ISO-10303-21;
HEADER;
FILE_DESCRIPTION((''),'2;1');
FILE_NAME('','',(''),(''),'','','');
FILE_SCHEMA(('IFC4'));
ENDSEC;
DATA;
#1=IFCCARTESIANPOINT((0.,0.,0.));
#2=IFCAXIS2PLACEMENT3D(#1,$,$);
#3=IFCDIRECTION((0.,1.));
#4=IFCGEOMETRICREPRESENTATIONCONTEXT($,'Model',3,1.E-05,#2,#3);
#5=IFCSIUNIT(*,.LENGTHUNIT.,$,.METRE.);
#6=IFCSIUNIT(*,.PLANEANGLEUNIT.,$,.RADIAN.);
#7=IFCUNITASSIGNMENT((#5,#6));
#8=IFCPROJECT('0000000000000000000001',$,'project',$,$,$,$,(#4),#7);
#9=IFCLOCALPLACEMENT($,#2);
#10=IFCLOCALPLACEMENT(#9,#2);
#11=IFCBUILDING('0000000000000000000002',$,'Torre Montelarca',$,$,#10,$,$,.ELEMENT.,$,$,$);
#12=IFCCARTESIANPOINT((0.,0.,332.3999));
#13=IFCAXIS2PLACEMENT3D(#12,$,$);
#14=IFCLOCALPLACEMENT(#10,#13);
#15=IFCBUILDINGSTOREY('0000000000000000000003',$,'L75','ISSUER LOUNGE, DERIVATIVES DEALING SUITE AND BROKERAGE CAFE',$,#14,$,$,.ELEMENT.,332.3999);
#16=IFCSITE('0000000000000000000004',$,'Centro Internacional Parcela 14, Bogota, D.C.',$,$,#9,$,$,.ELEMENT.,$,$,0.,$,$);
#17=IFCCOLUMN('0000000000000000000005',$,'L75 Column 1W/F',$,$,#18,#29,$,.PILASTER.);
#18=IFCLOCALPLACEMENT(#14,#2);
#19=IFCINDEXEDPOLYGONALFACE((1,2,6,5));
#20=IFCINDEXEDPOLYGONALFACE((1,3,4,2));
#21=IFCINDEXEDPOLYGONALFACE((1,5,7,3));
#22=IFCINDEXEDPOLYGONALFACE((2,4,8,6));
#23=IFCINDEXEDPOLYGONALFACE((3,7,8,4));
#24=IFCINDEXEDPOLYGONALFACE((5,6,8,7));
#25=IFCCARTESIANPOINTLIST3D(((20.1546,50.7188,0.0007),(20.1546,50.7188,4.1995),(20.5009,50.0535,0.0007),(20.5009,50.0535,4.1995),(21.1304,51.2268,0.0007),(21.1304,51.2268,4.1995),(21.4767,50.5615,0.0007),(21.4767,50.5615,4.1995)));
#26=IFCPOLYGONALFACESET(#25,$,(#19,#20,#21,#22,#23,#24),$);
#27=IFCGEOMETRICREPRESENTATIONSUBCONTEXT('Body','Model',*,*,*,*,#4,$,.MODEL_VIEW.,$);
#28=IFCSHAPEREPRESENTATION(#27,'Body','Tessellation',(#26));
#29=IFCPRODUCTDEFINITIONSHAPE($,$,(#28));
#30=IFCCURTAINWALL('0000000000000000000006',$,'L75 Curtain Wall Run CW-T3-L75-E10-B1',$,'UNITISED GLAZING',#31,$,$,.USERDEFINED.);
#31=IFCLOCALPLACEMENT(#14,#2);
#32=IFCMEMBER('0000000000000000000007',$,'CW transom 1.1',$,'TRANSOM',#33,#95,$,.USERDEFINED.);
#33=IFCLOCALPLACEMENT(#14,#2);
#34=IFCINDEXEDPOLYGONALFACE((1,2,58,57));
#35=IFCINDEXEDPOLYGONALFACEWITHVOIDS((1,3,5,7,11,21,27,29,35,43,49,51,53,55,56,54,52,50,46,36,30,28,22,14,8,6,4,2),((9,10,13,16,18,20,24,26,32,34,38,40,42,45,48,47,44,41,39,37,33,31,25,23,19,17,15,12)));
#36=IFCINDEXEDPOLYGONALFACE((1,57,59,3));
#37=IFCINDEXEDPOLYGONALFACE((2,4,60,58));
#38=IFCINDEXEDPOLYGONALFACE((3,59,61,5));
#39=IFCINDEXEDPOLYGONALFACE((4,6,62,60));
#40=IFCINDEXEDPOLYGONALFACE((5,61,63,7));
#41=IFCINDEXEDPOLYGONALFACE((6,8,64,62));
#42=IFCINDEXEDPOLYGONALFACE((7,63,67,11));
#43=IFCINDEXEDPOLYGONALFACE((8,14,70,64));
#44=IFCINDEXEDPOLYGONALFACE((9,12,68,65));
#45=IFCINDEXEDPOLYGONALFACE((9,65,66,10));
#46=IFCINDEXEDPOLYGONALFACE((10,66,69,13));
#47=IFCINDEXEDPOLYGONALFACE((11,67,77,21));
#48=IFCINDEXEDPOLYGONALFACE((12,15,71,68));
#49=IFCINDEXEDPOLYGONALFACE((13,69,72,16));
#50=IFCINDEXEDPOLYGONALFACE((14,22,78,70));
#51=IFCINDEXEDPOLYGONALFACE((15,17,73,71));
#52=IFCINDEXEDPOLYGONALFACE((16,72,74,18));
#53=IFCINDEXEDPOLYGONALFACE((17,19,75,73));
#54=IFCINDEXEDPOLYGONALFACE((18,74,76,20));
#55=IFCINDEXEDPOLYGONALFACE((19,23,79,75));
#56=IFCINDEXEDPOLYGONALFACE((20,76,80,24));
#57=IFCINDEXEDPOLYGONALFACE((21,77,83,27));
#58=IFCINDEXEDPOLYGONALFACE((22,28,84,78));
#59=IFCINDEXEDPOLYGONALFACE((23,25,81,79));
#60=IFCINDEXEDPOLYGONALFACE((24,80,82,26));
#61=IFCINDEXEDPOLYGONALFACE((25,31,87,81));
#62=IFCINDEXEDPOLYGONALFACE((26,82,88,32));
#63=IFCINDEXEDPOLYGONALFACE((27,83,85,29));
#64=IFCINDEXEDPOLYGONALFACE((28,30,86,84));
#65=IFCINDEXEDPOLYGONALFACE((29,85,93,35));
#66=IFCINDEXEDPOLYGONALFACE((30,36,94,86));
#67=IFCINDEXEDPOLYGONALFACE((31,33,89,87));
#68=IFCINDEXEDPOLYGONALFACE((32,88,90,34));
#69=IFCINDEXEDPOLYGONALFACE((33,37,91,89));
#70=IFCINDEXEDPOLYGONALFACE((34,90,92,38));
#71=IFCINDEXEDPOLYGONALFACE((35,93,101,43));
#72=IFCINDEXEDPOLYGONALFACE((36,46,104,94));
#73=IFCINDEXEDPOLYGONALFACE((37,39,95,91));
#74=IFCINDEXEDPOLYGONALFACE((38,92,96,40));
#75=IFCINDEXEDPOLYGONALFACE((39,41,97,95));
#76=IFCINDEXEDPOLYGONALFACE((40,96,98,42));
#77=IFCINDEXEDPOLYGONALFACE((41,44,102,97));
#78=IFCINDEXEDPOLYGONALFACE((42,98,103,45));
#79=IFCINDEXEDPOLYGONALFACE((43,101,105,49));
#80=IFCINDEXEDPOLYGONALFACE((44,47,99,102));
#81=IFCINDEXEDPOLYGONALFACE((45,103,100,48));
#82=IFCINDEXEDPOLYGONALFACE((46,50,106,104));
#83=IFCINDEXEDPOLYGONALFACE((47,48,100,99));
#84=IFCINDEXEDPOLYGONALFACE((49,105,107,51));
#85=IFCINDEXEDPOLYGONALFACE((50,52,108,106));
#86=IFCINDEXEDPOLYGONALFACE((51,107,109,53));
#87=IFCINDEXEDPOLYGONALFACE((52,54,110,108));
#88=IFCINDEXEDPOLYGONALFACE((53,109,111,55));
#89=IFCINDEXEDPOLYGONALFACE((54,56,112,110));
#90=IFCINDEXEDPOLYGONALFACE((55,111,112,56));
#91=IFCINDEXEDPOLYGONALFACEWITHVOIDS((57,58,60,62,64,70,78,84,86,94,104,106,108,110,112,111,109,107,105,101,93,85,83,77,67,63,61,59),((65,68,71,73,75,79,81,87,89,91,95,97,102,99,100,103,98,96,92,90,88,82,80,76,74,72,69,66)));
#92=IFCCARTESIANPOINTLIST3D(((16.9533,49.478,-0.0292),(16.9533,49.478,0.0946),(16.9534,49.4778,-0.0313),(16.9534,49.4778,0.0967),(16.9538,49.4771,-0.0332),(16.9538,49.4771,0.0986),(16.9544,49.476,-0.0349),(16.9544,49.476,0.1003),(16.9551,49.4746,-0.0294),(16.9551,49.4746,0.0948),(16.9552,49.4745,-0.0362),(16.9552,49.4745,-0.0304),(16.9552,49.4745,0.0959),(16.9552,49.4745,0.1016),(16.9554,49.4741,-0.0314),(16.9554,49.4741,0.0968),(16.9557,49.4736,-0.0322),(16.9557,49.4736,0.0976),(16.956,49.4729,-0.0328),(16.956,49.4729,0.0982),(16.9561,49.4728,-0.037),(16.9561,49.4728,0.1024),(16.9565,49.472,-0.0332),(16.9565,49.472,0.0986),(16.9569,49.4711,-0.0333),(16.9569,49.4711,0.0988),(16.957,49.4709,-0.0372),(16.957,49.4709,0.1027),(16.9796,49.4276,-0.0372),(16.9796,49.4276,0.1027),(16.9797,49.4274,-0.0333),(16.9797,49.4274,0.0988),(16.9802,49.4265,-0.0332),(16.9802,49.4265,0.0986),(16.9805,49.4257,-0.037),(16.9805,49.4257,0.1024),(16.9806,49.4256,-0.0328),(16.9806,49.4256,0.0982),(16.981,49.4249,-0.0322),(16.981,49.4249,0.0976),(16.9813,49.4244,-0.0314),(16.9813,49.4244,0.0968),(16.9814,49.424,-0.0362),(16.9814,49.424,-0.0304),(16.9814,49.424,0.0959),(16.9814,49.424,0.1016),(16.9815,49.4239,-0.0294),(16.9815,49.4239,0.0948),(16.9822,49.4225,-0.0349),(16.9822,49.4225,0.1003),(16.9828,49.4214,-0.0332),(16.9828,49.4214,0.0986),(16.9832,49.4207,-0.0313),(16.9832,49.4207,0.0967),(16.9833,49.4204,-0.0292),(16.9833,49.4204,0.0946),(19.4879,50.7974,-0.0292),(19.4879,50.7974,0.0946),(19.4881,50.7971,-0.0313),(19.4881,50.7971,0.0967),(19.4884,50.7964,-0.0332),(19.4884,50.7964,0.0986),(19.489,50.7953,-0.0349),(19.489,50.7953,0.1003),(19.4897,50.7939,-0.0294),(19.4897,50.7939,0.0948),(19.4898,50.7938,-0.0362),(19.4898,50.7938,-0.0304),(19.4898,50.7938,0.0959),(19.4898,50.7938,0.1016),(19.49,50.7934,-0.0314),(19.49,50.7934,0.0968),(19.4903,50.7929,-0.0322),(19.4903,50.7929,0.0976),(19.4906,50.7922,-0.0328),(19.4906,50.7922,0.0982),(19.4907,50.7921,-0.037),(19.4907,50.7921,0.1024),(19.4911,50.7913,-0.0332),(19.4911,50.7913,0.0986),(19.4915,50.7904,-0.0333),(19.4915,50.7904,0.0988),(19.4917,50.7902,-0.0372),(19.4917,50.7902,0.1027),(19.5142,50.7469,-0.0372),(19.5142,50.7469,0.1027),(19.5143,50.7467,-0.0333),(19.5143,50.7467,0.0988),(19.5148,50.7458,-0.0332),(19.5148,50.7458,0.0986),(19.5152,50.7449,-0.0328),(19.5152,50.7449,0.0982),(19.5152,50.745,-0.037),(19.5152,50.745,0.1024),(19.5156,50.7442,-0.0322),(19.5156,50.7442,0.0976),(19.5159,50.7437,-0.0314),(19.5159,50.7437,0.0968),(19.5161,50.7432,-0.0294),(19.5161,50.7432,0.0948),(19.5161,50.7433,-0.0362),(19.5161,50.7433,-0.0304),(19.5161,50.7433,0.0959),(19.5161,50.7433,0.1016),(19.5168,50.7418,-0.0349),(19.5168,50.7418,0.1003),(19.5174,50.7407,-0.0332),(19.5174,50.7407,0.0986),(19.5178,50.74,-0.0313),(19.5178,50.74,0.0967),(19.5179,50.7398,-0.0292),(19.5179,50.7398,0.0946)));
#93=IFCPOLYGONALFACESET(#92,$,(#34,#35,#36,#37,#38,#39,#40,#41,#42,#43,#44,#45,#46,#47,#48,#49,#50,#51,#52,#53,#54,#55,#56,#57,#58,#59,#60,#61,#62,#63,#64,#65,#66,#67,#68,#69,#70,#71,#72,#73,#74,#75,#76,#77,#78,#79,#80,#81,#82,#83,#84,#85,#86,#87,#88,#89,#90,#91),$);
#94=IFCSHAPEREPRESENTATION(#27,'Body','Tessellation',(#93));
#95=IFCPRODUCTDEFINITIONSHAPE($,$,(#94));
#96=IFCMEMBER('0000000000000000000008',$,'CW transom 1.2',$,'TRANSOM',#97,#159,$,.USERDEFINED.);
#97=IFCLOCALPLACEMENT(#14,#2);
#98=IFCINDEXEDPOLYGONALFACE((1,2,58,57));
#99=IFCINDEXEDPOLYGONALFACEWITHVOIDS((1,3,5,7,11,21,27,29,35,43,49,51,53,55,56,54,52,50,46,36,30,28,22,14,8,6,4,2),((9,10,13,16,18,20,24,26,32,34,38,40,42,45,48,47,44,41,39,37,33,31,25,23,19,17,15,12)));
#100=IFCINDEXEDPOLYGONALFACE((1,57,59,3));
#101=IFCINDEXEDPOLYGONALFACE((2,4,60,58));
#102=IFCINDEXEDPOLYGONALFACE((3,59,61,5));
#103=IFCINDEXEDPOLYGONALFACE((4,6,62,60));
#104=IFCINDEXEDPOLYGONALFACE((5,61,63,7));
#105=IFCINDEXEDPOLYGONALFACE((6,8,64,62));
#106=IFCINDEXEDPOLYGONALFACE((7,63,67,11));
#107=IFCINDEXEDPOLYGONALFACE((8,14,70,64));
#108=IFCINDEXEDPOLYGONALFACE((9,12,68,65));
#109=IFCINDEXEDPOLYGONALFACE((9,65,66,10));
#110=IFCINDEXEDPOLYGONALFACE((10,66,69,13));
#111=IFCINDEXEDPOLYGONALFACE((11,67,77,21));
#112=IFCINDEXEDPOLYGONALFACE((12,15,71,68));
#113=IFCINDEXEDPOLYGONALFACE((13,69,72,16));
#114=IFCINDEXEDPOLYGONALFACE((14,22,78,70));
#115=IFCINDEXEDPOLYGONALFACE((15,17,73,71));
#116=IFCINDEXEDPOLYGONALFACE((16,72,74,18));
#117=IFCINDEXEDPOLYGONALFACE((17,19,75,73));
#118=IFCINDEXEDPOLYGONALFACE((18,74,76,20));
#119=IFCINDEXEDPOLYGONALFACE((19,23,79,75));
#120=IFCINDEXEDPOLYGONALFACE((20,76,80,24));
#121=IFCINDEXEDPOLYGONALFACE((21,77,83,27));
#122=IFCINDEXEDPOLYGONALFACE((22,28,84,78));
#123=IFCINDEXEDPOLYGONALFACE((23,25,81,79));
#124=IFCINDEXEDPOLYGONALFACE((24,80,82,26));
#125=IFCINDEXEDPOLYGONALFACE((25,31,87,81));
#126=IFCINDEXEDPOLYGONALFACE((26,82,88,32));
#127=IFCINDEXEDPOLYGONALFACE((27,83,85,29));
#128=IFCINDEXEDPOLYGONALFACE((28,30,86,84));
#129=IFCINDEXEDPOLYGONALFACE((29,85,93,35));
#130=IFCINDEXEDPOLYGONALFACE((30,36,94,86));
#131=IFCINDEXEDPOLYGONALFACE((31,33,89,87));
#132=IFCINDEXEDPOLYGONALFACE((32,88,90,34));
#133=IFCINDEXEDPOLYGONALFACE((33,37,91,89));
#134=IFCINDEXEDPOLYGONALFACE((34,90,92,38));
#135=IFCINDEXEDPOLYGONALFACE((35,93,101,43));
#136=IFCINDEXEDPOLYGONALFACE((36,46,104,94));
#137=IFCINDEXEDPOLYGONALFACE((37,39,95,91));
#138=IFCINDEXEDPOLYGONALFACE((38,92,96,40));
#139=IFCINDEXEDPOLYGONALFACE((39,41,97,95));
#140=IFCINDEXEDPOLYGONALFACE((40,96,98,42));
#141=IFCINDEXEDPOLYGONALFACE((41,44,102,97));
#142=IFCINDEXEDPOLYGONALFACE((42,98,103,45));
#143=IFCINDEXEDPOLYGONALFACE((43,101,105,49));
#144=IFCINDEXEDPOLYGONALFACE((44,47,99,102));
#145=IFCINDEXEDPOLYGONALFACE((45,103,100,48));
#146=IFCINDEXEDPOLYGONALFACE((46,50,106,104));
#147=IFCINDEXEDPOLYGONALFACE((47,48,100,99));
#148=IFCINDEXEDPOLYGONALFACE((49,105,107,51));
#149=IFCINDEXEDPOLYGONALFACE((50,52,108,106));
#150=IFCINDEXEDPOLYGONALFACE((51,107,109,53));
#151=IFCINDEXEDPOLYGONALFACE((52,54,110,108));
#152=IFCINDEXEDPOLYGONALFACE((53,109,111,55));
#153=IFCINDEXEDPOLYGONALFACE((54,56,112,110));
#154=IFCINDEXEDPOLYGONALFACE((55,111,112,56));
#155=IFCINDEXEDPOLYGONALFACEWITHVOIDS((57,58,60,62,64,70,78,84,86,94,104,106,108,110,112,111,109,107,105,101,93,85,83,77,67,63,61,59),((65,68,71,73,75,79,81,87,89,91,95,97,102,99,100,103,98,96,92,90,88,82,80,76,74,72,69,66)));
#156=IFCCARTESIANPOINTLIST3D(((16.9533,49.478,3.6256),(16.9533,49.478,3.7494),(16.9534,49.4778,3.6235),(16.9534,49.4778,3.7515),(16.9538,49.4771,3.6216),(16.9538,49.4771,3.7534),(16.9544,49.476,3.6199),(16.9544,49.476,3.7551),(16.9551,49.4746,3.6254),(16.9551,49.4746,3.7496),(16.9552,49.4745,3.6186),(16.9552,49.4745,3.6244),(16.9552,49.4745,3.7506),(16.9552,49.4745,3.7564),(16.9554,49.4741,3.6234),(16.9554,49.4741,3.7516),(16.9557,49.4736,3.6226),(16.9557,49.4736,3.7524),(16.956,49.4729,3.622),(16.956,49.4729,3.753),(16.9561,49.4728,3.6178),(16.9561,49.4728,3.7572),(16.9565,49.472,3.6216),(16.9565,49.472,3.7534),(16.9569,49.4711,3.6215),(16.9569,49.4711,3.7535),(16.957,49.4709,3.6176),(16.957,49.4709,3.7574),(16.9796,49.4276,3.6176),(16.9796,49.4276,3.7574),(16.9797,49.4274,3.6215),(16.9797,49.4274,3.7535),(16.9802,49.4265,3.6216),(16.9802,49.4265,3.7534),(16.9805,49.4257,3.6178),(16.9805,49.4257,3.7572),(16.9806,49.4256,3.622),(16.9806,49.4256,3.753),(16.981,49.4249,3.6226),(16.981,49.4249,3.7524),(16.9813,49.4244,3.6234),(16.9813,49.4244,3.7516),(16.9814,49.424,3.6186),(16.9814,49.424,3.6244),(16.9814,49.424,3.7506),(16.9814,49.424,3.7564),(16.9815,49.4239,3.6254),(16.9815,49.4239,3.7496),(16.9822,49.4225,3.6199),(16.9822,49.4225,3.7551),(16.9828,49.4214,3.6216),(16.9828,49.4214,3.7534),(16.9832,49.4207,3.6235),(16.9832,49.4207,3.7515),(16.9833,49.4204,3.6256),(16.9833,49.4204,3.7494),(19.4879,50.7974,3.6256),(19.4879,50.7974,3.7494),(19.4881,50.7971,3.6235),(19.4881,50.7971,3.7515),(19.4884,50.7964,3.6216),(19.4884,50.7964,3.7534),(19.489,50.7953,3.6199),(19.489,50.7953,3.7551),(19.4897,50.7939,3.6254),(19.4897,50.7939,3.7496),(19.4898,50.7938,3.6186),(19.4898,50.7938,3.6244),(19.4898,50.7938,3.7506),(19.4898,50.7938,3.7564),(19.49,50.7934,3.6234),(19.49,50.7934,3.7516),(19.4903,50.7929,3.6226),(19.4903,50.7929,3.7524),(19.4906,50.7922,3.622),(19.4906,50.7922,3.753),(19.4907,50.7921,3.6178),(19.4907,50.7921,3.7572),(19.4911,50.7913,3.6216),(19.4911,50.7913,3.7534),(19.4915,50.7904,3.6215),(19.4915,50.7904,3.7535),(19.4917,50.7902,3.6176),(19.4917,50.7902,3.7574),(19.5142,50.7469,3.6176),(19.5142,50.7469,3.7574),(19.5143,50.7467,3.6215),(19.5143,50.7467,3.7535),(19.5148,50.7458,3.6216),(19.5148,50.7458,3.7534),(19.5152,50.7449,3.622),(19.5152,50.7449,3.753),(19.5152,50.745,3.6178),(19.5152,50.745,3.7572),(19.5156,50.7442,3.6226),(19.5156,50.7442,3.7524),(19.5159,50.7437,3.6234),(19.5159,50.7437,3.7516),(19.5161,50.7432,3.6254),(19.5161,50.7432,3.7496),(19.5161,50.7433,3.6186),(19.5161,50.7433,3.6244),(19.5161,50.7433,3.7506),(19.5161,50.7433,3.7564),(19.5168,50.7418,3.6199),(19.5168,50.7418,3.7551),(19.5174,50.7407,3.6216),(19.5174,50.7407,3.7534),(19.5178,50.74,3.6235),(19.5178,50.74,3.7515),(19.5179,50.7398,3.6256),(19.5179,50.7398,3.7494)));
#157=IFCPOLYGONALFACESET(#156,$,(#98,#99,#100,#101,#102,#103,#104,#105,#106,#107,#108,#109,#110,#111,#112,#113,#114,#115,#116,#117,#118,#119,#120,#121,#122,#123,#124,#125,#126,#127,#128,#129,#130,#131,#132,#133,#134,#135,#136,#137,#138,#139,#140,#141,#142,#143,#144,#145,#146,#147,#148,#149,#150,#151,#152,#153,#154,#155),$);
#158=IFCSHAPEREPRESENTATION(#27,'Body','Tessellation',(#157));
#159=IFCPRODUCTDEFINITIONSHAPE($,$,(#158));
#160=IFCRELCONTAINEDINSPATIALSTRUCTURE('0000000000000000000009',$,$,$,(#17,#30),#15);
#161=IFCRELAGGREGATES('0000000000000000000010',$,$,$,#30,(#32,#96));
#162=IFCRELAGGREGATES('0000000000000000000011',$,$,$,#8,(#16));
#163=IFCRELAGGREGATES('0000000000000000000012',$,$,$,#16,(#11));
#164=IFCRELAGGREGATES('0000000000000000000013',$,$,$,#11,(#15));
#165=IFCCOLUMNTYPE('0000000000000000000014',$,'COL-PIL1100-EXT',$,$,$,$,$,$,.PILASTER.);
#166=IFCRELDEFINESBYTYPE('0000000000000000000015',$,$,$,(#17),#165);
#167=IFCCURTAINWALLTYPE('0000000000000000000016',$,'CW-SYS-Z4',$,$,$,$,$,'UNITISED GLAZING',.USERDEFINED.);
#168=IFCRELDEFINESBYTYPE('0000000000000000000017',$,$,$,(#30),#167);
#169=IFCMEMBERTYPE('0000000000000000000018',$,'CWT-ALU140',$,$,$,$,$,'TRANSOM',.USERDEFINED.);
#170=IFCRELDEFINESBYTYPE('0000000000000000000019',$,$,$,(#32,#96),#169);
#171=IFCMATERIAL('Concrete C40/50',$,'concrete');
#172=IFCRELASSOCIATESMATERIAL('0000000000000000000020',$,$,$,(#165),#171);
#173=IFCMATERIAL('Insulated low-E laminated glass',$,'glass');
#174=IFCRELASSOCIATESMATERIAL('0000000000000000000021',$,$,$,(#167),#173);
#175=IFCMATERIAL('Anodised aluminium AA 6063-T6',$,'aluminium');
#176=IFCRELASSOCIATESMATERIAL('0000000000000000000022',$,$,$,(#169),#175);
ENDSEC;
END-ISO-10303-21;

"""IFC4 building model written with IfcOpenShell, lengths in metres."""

from ifc_helpers import new_model, si_unit, direction, frame, origin, origin_2d, place, context, subcontext, project, spatial, rectangle, hollow_rectangle, extrude, source, transform, mapped, material, material_profile, profile_set, type_object, element, aggregate, save


model = new_model("IFC4")

# Units and contexts
model_context = context("Model", 3, precision=1e-05, world=origin(), true_north=direction((0.0, 1.0)))
body_context = subcontext(model_context, "Body", "Model", "MODEL_VIEW")
ifc_project = project(units=[si_unit("LENGTHUNIT", "METRE"), si_unit("PLANEANGLEUNIT", "RADIAN")], contexts=[model_context])

# Site, building, storey
site_placement = place(None, origin())
site = spatial("IfcSite", under=ifc_project, at=site_placement, Name="Centro Internacional Parcela 14, Bogota, D.C.", CompositionType="ELEMENT", RefElevation=0.0)
building_placement = place(site_placement, origin())
building = spatial("IfcBuilding", under=site, at=building_placement, Name="Torre Montelarca", CompositionType="ELEMENT")
storey_placement = place(building_placement, frame((0.0, 0.0, 332.3999)))
storey = spatial("IfcBuildingStorey", under=building, at=storey_placement, Name="L75", Description="ISSUER LOUNGE, DERIVATIVES DEALING SUITE AND BROKERAGE CAFE", CompositionType="ELEMENT", Elevation=332.3999)

# Column
ifc_material_1 = material(Name="Concrete C40/50", Category="concrete")
ifc_material_profile_1 = material_profile(ifc_material_1, rectangle(XDim=0.75, YDim=1.1001, at=origin_2d()), Name="RC1100X750", Category="concrete")
ifc_profile_set_1 = profile_set([ifc_material_profile_1], Name="Concrete C40/50")
column_type = type_object("IfcColumnType", Name="COL-PIL1100-EXT", PredefinedType="PILASTER", material=ifc_profile_set_1)
shared_shape_1 = source(origin(), body_context, "Body", "SweptSolid", [
    extrude(rectangle(XDim=0.75, YDim=1.1001, at=origin_2d()), origin(), (0.0, 0.0, 1.0), 4.1987),
])
column_placement = place(storey_placement, frame((20.8157, 50.6401, 0.0007), z_axis=(0.0, 0.0, 1.0), x_axis=(-0.461749, 0.887011, 0.0)))
element("IfcColumn", 1, at=column_placement, inside=storey, type_object=column_type, Name="L75 Column 1W/F", PredefinedType="PILASTER", context=body_context, shape_type="MappedRepresentation", body=[
    mapped(shared_shape_1, transform((0.0, 0.0, 0.0), scale=1.0)),
])

# Curtain wall, members
ifc_material_2 = material(Name="Insulated low-E laminated glass", Category="glass")
curtain_wall_type = type_object("IfcCurtainWallType", Name="CW-SYS-Z4", ElementType="UNITISED GLAZING", PredefinedType="USERDEFINED", material=ifc_material_2)
curtain_wall_1_placement = place(storey_placement, origin())
curtain_wall_1 = element("IfcCurtainWall", 2, at=curtain_wall_1_placement, inside=storey, type_object=curtain_wall_type, Name="L75 Curtain Wall Run CW-T3-L75-E10-B1", ObjectType="UNITISED GLAZING", PredefinedType="USERDEFINED")
ifc_material_3 = material(Name="Anodised aluminium AA 6063-T6", Category="aluminium")
ifc_material_profile_2 = material_profile(ifc_material_3, hollow_rectangle(XDim=0.0649, YDim=0.1399, WallThickness=0.0039, InnerFilletRadius=0.0039, OuterFilletRadius=0.0081, at=origin_2d()), Name="ALU65X140X4", Category="aluminium")
ifc_profile_set_2 = profile_set([ifc_material_profile_2], Name="Anodised aluminium AA 6063-T6")
member_type_1 = type_object("IfcMemberType", Name="CWT-ALU140", ElementType="TRANSOM", PredefinedType="USERDEFINED", material=ifc_profile_set_2)
shared_shape_2 = source(origin(), body_context, "Body", "SweptSolid", [
    extrude(hollow_rectangle(XDim=0.0649, YDim=0.1399, WallThickness=0.0039, InnerFilletRadius=0.0039, OuterFilletRadius=0.0081, at=origin_2d()), origin(), (0.0, 0.0, 1.0), 2.8574),
])
member_1_placement = place(storey_placement, frame((19.5029, 50.7686, 0.0327), z_axis=(-0.887029, -0.461713, 0.0), x_axis=(0.461713, -0.887029, 0.0)))
member_1 = element("IfcMember", 3, at=member_1_placement, type_object=member_type_1, Name="CW transom 1.1", ObjectType="TRANSOM", PredefinedType="USERDEFINED", context=body_context, shape_type="MappedRepresentation", body=[
    mapped(shared_shape_2, transform((0.0, 0.0, 0.0), scale=1.0)),
])
member_2_placement = place(storey_placement, frame((19.5029, 50.7686, 3.6875), z_axis=(-0.887029, -0.461713, 0.0), x_axis=(0.461713, -0.887029, 0.0)))
member_2 = element("IfcMember", 4, at=member_2_placement, type_object=member_type_1, Name="CW transom 1.2", ObjectType="TRANSOM", PredefinedType="USERDEFINED", context=body_context, shape_type="MappedRepresentation", body=[
    mapped(shared_shape_2, transform((0.0, 0.0, 0.0), scale=1.0)),
])

aggregate(curtain_wall_1, [member_1, member_2])

save(model, "model.ifc")
